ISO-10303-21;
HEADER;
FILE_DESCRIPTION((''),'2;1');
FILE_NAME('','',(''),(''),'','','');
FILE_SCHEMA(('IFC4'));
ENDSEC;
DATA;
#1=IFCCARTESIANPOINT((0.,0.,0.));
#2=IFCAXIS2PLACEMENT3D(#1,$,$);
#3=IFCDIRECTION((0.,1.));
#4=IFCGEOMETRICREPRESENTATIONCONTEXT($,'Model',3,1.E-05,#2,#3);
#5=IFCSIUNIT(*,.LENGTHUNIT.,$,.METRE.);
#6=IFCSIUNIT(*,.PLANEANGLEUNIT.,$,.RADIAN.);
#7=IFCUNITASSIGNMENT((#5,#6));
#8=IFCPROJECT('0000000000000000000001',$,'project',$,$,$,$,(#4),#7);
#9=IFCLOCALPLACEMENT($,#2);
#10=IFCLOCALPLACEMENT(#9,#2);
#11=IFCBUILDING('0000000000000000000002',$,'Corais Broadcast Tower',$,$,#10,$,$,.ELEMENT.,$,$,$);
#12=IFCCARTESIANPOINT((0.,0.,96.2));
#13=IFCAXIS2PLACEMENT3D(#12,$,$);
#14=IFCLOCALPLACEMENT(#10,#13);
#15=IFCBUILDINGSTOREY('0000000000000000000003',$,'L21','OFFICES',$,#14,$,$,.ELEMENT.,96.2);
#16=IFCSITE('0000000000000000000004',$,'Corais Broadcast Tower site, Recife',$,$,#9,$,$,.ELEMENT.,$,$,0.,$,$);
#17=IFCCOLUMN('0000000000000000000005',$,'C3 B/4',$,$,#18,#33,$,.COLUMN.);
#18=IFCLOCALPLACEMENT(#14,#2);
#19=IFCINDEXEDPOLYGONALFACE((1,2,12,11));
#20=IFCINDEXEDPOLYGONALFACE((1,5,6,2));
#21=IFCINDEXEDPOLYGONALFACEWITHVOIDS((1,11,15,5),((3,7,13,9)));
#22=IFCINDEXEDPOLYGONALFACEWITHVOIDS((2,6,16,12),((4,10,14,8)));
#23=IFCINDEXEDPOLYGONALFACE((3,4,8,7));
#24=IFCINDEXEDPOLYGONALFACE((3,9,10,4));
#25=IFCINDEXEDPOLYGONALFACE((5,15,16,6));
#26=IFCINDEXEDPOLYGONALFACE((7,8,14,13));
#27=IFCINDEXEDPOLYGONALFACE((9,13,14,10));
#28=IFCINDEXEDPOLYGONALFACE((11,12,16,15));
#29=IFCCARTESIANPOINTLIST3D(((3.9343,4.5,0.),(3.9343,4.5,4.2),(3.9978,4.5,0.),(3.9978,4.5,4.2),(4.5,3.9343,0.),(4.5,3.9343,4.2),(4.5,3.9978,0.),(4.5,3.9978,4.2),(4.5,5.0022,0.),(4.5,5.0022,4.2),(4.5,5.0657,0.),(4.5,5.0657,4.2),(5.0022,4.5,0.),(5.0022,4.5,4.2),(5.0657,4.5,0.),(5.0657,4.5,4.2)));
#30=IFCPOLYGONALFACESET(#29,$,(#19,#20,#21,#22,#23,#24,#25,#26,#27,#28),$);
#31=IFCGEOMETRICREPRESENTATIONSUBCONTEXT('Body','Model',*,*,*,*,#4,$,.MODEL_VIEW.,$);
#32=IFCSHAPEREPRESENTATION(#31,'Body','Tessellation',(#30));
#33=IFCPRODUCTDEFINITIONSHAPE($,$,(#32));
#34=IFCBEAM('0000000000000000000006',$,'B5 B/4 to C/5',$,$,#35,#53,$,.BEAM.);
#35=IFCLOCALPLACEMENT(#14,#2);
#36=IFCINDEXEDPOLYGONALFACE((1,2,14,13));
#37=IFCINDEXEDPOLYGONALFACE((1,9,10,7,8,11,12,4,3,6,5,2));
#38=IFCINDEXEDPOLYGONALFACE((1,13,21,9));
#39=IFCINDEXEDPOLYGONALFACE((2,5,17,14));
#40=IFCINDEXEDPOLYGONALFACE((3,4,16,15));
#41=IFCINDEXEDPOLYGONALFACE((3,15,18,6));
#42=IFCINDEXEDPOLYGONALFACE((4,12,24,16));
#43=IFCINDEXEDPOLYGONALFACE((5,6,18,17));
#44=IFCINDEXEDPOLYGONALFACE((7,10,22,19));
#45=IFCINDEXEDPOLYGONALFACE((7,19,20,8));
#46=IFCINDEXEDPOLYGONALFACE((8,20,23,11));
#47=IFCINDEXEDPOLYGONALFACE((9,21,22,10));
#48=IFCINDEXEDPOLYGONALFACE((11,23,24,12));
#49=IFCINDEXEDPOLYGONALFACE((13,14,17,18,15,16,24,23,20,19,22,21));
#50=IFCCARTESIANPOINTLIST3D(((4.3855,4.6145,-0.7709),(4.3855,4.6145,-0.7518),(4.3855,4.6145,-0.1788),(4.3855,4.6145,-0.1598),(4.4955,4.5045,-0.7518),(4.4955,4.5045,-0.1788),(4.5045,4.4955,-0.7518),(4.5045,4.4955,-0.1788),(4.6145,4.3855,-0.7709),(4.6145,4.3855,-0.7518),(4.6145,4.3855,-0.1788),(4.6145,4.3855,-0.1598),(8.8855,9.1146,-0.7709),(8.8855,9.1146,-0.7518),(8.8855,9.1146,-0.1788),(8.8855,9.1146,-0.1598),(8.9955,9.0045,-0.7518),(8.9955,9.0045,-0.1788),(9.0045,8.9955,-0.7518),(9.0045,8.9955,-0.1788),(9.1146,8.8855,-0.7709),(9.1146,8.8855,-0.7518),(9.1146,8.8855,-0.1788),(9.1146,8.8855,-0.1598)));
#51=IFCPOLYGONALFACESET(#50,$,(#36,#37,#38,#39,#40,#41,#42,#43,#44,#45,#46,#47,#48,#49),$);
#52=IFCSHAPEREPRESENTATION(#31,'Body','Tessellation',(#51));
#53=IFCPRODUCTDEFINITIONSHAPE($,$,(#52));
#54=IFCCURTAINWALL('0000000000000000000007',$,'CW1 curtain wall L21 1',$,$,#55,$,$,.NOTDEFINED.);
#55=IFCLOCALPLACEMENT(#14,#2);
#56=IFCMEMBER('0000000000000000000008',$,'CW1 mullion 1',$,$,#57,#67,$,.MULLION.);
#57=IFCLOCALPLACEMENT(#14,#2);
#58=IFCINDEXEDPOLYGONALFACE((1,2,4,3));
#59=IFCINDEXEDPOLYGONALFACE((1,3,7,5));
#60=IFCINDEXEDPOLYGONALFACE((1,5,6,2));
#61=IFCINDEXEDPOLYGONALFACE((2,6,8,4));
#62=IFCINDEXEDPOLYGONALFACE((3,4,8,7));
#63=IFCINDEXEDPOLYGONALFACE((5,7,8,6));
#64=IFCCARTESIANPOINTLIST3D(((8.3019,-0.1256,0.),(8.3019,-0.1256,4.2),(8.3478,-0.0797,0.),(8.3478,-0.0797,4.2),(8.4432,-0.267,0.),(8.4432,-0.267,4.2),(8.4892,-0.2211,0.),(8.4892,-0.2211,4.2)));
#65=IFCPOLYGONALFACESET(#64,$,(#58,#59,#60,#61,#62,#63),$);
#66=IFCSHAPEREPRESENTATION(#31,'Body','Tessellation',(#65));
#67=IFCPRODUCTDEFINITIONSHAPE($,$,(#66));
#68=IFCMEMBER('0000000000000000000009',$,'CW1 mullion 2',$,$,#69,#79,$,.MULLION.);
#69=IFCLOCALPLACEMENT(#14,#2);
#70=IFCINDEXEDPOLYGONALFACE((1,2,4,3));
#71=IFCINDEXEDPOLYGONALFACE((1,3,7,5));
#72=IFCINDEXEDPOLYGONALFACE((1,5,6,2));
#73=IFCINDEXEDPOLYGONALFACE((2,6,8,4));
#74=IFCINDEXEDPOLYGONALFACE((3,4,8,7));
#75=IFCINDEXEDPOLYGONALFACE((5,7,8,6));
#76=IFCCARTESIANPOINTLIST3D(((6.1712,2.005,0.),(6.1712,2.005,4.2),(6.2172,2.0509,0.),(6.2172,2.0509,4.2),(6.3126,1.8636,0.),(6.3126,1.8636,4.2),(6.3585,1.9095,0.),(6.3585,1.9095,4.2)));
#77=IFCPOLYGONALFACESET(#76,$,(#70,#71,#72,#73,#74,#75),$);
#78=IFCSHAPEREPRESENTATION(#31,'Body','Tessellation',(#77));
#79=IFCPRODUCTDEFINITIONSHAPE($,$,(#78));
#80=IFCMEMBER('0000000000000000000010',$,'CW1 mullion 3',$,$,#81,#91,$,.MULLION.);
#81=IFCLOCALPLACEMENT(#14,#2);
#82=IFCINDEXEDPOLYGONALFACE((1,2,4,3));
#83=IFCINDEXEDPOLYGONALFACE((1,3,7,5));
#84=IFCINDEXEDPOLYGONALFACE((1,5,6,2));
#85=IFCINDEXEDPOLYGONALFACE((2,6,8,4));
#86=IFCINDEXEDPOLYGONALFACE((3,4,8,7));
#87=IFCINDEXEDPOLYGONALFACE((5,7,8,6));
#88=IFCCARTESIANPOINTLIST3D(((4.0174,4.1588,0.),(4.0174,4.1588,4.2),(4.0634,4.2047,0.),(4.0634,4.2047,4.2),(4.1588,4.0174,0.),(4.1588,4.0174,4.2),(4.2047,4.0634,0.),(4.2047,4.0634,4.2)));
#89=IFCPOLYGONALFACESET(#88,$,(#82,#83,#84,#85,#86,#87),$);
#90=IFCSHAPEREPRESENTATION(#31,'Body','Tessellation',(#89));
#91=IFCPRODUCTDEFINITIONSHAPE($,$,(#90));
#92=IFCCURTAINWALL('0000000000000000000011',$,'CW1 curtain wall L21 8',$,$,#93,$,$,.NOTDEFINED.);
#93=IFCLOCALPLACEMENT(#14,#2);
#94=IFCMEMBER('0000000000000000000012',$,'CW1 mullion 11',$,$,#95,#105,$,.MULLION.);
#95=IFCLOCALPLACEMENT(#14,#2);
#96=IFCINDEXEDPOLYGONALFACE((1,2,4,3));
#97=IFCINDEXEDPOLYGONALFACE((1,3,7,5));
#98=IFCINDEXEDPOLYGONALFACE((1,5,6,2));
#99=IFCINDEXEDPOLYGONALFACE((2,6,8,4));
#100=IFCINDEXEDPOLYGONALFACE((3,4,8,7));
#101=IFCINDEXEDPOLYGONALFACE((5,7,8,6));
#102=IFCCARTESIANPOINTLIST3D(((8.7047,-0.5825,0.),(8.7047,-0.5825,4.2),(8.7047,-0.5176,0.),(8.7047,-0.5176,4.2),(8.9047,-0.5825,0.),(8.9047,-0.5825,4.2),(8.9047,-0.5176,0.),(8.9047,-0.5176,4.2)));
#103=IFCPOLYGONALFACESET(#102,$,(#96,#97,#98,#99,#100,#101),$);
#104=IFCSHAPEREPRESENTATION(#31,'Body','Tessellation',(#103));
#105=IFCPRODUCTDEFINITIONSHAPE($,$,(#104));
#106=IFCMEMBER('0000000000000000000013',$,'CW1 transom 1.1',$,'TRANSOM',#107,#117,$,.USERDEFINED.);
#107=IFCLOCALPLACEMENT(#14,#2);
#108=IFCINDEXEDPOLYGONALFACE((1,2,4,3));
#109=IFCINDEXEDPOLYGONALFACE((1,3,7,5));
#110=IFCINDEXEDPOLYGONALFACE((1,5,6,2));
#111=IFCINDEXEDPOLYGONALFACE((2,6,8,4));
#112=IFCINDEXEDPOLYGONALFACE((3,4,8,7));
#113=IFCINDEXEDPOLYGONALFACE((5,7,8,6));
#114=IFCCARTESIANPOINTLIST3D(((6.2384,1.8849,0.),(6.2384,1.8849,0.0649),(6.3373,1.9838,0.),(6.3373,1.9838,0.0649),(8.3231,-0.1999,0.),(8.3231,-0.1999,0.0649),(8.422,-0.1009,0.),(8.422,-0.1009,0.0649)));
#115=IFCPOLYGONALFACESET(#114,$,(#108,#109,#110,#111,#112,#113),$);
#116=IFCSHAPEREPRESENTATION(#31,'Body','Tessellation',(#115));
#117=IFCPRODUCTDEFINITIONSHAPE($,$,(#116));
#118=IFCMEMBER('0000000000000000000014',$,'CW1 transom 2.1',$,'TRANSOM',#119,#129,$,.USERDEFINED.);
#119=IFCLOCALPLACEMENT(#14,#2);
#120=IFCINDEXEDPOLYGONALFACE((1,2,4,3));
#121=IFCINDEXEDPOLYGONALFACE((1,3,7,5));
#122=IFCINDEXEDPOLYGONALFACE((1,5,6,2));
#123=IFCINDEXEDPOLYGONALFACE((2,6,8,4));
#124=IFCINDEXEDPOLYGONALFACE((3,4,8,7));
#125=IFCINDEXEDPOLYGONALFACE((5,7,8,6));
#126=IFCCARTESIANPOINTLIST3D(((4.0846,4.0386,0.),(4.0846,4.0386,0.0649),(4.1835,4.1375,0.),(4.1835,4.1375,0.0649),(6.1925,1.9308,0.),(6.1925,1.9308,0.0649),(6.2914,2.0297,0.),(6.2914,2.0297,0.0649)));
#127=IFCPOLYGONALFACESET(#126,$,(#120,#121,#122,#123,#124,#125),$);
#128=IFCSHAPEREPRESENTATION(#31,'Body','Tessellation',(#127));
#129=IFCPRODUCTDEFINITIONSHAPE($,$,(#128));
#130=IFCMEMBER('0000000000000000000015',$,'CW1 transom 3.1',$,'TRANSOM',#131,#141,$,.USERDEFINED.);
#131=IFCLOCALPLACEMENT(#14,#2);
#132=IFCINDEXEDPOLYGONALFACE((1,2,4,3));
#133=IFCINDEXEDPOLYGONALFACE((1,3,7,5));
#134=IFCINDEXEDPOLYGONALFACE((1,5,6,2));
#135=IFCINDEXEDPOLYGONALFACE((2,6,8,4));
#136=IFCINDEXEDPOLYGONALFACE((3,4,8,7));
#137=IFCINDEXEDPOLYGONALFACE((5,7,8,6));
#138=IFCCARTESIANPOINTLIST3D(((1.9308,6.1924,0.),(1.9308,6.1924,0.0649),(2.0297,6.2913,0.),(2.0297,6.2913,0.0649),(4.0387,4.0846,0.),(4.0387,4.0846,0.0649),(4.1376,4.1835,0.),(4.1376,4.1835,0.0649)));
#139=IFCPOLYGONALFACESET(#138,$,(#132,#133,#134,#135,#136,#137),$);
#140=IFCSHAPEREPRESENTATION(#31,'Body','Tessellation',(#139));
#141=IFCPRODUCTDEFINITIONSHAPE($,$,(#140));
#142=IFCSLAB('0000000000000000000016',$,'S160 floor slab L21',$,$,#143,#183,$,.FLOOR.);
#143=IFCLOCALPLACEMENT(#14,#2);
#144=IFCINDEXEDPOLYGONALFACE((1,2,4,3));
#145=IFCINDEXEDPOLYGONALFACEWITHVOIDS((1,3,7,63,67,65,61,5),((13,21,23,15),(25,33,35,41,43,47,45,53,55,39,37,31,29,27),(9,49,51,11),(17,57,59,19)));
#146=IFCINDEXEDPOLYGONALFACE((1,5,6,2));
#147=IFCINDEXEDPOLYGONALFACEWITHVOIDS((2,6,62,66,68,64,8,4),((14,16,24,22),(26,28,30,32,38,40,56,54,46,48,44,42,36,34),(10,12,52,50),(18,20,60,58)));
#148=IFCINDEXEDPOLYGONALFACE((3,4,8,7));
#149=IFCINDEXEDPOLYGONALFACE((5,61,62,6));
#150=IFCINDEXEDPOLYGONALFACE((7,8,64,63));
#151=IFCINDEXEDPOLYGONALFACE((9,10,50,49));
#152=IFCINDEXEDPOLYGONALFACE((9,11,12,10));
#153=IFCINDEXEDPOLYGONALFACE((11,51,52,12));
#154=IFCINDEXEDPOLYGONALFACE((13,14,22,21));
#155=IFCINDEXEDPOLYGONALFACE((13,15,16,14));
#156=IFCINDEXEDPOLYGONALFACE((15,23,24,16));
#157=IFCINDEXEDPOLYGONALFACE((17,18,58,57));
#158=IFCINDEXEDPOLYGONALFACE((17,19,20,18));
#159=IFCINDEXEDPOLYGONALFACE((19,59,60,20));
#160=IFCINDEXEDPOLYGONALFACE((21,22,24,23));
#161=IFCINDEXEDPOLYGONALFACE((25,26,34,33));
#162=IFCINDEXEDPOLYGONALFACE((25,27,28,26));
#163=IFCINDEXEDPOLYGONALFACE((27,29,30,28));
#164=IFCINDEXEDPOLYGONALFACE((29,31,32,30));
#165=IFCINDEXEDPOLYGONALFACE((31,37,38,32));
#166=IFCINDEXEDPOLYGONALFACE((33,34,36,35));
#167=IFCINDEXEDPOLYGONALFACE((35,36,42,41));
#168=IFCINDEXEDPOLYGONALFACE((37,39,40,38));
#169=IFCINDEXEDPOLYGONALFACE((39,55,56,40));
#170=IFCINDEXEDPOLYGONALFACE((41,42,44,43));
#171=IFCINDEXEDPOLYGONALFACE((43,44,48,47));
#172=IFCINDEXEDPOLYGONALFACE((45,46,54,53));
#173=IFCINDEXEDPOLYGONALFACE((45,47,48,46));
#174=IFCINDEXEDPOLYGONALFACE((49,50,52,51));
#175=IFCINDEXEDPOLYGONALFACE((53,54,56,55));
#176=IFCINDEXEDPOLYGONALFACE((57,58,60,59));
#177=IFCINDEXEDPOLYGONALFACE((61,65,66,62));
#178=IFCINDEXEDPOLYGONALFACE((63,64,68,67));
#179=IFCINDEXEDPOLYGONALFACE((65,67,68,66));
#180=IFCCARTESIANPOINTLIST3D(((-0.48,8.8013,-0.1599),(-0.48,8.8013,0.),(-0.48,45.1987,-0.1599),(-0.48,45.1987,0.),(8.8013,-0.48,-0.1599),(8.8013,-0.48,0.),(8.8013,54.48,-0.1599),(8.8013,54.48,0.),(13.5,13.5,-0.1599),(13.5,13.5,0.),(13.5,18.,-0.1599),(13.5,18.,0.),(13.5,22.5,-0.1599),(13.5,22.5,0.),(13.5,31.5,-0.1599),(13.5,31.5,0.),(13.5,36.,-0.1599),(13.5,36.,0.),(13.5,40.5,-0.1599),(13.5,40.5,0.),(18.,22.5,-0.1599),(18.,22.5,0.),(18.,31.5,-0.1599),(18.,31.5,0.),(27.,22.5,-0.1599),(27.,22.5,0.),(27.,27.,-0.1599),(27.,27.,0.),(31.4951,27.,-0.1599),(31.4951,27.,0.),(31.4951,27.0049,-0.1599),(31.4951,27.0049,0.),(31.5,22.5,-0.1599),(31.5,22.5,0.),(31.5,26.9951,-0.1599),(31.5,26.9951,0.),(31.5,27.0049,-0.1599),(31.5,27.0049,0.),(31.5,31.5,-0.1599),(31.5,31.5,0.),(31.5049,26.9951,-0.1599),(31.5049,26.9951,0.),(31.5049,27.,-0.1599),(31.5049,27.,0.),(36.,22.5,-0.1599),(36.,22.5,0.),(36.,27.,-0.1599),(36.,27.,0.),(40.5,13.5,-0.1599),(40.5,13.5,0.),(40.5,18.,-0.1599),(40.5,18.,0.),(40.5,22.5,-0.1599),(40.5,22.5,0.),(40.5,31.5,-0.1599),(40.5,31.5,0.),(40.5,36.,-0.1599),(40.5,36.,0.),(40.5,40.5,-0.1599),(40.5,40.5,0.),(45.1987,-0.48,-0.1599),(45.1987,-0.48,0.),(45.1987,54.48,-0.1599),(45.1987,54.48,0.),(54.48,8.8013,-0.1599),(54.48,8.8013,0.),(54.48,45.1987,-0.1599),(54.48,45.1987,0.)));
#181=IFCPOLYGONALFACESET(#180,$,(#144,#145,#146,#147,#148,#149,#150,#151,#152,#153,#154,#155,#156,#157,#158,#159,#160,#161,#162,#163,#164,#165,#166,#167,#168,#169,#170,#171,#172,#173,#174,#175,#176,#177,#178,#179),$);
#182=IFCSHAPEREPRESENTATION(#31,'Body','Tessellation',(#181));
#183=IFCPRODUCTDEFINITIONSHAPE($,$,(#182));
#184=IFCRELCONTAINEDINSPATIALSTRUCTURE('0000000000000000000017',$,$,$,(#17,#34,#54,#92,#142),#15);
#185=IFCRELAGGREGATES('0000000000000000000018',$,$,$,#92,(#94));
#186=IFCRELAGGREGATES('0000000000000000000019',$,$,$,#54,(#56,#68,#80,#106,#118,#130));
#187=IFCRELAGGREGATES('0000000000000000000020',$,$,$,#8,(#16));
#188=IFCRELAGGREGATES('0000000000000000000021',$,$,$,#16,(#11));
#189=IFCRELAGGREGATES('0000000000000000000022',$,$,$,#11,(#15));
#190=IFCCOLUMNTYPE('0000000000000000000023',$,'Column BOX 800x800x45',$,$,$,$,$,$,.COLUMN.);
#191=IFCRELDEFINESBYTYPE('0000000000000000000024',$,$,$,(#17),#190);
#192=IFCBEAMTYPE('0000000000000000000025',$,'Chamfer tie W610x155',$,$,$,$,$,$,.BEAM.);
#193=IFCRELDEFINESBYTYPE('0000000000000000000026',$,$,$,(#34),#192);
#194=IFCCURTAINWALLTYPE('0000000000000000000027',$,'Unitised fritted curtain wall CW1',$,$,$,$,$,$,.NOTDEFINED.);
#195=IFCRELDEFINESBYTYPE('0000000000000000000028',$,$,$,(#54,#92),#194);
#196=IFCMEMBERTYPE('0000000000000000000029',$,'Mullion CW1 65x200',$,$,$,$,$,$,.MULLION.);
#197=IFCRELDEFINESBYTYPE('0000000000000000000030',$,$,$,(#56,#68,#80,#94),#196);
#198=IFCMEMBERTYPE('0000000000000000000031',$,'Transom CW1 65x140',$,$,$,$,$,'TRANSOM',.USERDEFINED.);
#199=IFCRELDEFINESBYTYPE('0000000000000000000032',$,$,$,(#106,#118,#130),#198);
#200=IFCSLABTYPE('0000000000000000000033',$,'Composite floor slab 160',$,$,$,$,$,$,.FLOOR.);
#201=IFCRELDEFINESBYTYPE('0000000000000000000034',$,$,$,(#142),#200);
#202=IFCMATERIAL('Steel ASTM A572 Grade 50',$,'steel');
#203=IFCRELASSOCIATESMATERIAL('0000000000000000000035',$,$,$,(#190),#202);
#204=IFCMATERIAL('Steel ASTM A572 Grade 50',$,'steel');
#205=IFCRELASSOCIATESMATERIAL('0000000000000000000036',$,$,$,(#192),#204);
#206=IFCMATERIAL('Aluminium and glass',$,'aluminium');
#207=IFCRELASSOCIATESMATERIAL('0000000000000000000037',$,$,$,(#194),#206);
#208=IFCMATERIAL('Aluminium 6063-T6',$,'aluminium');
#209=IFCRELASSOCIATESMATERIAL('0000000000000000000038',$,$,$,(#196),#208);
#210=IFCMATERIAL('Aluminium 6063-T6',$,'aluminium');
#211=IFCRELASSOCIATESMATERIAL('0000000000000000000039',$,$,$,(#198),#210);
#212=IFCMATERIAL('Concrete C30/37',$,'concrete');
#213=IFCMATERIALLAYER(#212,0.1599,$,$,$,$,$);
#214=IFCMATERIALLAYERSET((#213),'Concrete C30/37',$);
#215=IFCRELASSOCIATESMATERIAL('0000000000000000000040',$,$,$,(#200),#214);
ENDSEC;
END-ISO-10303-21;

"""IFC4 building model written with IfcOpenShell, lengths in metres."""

from ifc_helpers import new_model, si_unit, direction, frame, origin, origin_2d, place, context, subcontext, project, spatial, polyline, rectangle, hollow_rectangle, i_section, outline, extrude, material, layer, layer_set, material_profile, profile_set, type_object, element, aggregate, save


model = new_model("IFC4")

# Units and contexts
model_context = context("Model", 3, precision=1e-05, world=origin(), true_north=direction((0.0, 1.0)))
body_context = subcontext(model_context, "Body", "Model", "MODEL_VIEW")
ifc_project = project(units=[si_unit("LENGTHUNIT", "METRE"), si_unit("PLANEANGLEUNIT", "RADIAN")], contexts=[model_context])

# Site, building, storey
site_placement = place(None, origin())
site = spatial("IfcSite", under=ifc_project, at=site_placement, Name="Corais Broadcast Tower site, Recife", CompositionType="ELEMENT", RefElevation=0.0)
building_placement = place(site_placement, origin())
building = spatial("IfcBuilding", under=site, at=building_placement, Name="Corais Broadcast Tower", CompositionType="ELEMENT")
storey_placement = place(building_placement, frame((0.0, 0.0, 96.2)))
storey = spatial("IfcBuildingStorey", under=building, at=storey_placement, Name="L21", Description="OFFICES", CompositionType="ELEMENT", Elevation=96.2)

# Column
ifc_material_1 = material(Name="Steel ASTM A572 Grade 50", Category="steel")
ifc_material_profile_1 = material_profile(ifc_material_1, hollow_rectangle(XDim=0.8, YDim=0.8, WallThickness=0.0449, at=origin_2d()), Name="BOX 800x800x45")
ifc_profile_set_1 = profile_set([ifc_material_profile_1], Name="Steel ASTM A572 Grade 50")
column_type = type_object("IfcColumnType", Name="Column BOX 800x800x45", PredefinedType="COLUMN", material=ifc_profile_set_1)
column_placement = place(storey_placement, frame((4.5, 4.5, 0.0), z_axis=(0.0, 0.0, 1.0), x_axis=(0.707107, 0.707107, 0.0)))
element("IfcColumn", 1, at=column_placement, inside=storey, type_object=column_type, Name="C3 B/4", PredefinedType="COLUMN", context=body_context, shape_type="SweptSolid", body=[
    extrude(hollow_rectangle(XDim=0.8, YDim=0.8, WallThickness=0.0449, at=origin_2d()), origin(), (0.0, 0.0, 1.0), 4.2),
])

# Beam
ifc_material_2 = material(Name="Steel ASTM A572 Grade 50", Category="steel")
ifc_material_profile_2 = material_profile(ifc_material_2, i_section(OverallWidth=0.324, OverallDepth=0.6111, WebThickness=0.0127, FlangeThickness=0.019, at=origin_2d()), Name="W610x155")
ifc_profile_set_2 = profile_set([ifc_material_profile_2], Name="Steel ASTM A572 Grade 50")
beam_type = type_object("IfcBeamType", Name="Chamfer tie W610x155", PredefinedType="BEAM", material=ifc_profile_set_2)
beam_placement = place(storey_placement, frame((4.5, 4.5, -0.4653), z_axis=(0.707107, 0.707107, 0.0), x_axis=(-0.707107, 0.707107, 0.0)))
element("IfcBeam", 2, at=beam_placement, inside=storey, type_object=beam_type, Name="B5 B/4 to C/5", PredefinedType="BEAM", context=body_context, shape_type="SweptSolid", body=[
    extrude(i_section(OverallWidth=0.324, OverallDepth=0.6111, WebThickness=0.0127, FlangeThickness=0.019, at=origin_2d()), origin(), (0.0, 0.0, 1.0), 6.364),
])

# Curtain wall, members
ifc_material_3 = material(Name="Aluminium and glass", Category="aluminium")
curtain_wall_type = type_object("IfcCurtainWallType", Name="Unitised fritted curtain wall CW1", PredefinedType="NOTDEFINED", material=ifc_material_3)
curtain_wall_1_placement = place(storey_placement, origin())
curtain_wall_1 = element("IfcCurtainWall", 3, at=curtain_wall_1_placement, inside=storey, type_object=curtain_wall_type, Name="CW1 curtain wall L21 1", PredefinedType="NOTDEFINED")
ifc_material_4 = material(Name="Aluminium 6063-T6", Category="aluminium")
ifc_material_profile_3 = material_profile(ifc_material_4, rectangle(XDim=0.0649, YDim=0.2, at=origin_2d()), Name="Mullion CW1 65x200")
ifc_profile_set_3 = profile_set([ifc_material_profile_3], Name="Aluminium 6063-T6")
member_type_1 = type_object("IfcMemberType", Name="Mullion CW1 65x200", PredefinedType="MULLION", material=ifc_profile_set_3)
member_1_placement = place(storey_placement, frame((8.3955, -0.1733, 0.0), z_axis=(0.0, 0.0, 1.0), x_axis=(-0.707107, -0.707107, 0.0)))
member_1 = element("IfcMember", 4, at=member_1_placement, type_object=member_type_1, Name="CW1 mullion 1", PredefinedType="MULLION", context=body_context, shape_type="SweptSolid", body=[
    extrude(rectangle(XDim=0.0649, YDim=0.2, at=origin_2d()), origin(), (0.0, 0.0, 1.0), 4.2),
])
member_2_placement = place(storey_placement, frame((6.2649, 1.9573, 0.0), z_axis=(0.0, 0.0, 1.0), x_axis=(-0.707107, -0.707107, 0.0)))
member_2 = element("IfcMember", 5, at=member_2_placement, type_object=member_type_1, Name="CW1 mullion 2", PredefinedType="MULLION", context=body_context, shape_type="SweptSolid", body=[
    extrude(rectangle(XDim=0.0649, YDim=0.2, at=origin_2d()), origin(), (0.0, 0.0, 1.0), 4.2),
])
member_3_placement = place(storey_placement, frame((4.1111, 4.1111, 0.0), z_axis=(0.0, 0.0, 1.0), x_axis=(-0.707107, -0.707107, 0.0)))
member_3 = element("IfcMember", 6, at=member_3_placement, type_object=member_type_1, Name="CW1 mullion 3", PredefinedType="MULLION", context=body_context, shape_type="SweptSolid", body=[
    extrude(rectangle(XDim=0.0649, YDim=0.2, at=origin_2d()), origin(), (0.0, 0.0, 1.0), 4.2),
])

# Curtain wall, member
curtain_wall_2_placement = place(storey_placement, origin())
curtain_wall_2 = element("IfcCurtainWall", 7, at=curtain_wall_2_placement, inside=storey, type_object=curtain_wall_type, Name="CW1 curtain wall L21 8", PredefinedType="NOTDEFINED")
member_4_placement = place(storey_placement, frame((8.8047, -0.55, 0.0), z_axis=(0.0, 0.0, 1.0), x_axis=(0.0, -1.0, 0.0)))
member_4 = element("IfcMember", 8, at=member_4_placement, type_object=member_type_1, Name="CW1 mullion 11", PredefinedType="MULLION", context=body_context, shape_type="SweptSolid", body=[
    extrude(rectangle(XDim=0.0649, YDim=0.2, at=origin_2d()), origin(), (0.0, 0.0, 1.0), 4.2),
])
aggregate(curtain_wall_2, [member_4])

# Members
ifc_material_5 = material(Name="Aluminium 6063-T6", Category="aluminium")
ifc_material_profile_4 = material_profile(ifc_material_5, rectangle(XDim=0.1399, YDim=0.0649, at=origin_2d()), Name="Transom CW1 65x140")
ifc_profile_set_4 = profile_set([ifc_material_profile_4], Name="Aluminium 6063-T6")
member_type_2 = type_object("IfcMemberType", Name="Transom CW1 65x140", ElementType="TRANSOM", PredefinedType="USERDEFINED", material=ifc_profile_set_4)
member_5_placement = place(storey_placement, frame((8.3726, -0.1504, 0.0325), z_axis=(-0.707107, 0.707107, 0.0), x_axis=(-0.707107, -0.707107, 0.0)))
member_5 = element("IfcMember", 9, at=member_5_placement, type_object=member_type_2, Name="CW1 transom 1.1", ObjectType="TRANSOM", PredefinedType="USERDEFINED", context=body_context, shape_type="SweptSolid", body=[
    extrude(rectangle(XDim=0.1399, YDim=0.0649, at=origin_2d()), origin(), (0.0, 0.0, 1.0), 2.9482),
])
member_6_placement = place(storey_placement, frame((6.2419, 1.9802, 0.0325), z_axis=(-0.707107, 0.707107, 0.0), x_axis=(-0.707107, -0.707107, 0.0)))
member_6 = element("IfcMember", 10, at=member_6_placement, type_object=member_type_2, Name="CW1 transom 2.1", ObjectType="TRANSOM", PredefinedType="USERDEFINED", context=body_context, shape_type="SweptSolid", body=[
    extrude(rectangle(XDim=0.1399, YDim=0.0649, at=origin_2d()), origin(), (0.0, 0.0, 1.0), 2.981),
])
member_7_placement = place(storey_placement, frame((4.0881, 4.134, 0.0325), z_axis=(-0.707107, 0.707107, 0.0), x_axis=(-0.707107, -0.707107, 0.0)))
member_7 = element("IfcMember", 11, at=member_7_placement, type_object=member_type_2, Name="CW1 transom 3.1", ObjectType="TRANSOM", PredefinedType="USERDEFINED", context=body_context, shape_type="SweptSolid", body=[
    extrude(rectangle(XDim=0.1399, YDim=0.0649, at=origin_2d()), origin(), (0.0, 0.0, 1.0), 2.981),
])

# Slab
ifc_material_6 = material(Name="Concrete C30/37", Category="concrete")
ifc_layer_1 = layer(ifc_material_6, 0.1599)
ifc_layer_set_1 = layer_set([ifc_layer_1], Name="Concrete C30/37")
slab_type_1 = type_object("IfcSlabType", Name="Composite floor slab 160", PredefinedType="FLOOR", material=ifc_layer_set_1)
slab_1_placement = place(storey_placement, frame((0.0, 0.0, -0.1599)))
element("IfcSlab", 12, at=slab_1_placement, inside=storey, type_object=slab_type_1, Name="S160 floor slab L21", PredefinedType="FLOOR", context=body_context, shape_type="SweptSolid", body=[
    extrude(outline(polyline([(8.8013, -0.48), (-0.48, 8.8013), (-0.48, 45.1987), (8.8013, 54.48), (45.1987, 54.48), (54.48, 45.1987), (54.48, 8.8013), (45.1987, -0.48), (8.8013, -0.48)]), holes=[polyline([(13.5, 18.0), (40.5, 18.0), (40.5, 13.5), (13.5, 13.5), (13.5, 18.0)]), polyline([(13.5, 22.5), (13.5, 31.5), (18.0, 31.5), (18.0, 22.5), (13.5, 22.5)]), polyline([(13.5, 40.5), (40.5, 40.5), (40.5, 36.0), (13.5, 36.0), (13.5, 40.5)]), polyline([(27.0, 22.5), (27.0, 27.0), (31.4951, 27.0), (31.4951, 27.0049), (31.5, 27.0049), (31.5, 31.5), (40.5, 31.5), (40.5, 22.5), (36.0, 22.5), (36.0, 27.0), (31.5049, 27.0), (31.5049, 26.9951), (31.5, 26.9951), (31.5, 22.5), (27.0, 22.5)])]), origin(), (0.0, 0.0, 1.0), 0.1599),
])

aggregate(curtain_wall_1, [member_1, member_2, member_3, member_5, member_6, member_7])

save(model, "model.ifc")
